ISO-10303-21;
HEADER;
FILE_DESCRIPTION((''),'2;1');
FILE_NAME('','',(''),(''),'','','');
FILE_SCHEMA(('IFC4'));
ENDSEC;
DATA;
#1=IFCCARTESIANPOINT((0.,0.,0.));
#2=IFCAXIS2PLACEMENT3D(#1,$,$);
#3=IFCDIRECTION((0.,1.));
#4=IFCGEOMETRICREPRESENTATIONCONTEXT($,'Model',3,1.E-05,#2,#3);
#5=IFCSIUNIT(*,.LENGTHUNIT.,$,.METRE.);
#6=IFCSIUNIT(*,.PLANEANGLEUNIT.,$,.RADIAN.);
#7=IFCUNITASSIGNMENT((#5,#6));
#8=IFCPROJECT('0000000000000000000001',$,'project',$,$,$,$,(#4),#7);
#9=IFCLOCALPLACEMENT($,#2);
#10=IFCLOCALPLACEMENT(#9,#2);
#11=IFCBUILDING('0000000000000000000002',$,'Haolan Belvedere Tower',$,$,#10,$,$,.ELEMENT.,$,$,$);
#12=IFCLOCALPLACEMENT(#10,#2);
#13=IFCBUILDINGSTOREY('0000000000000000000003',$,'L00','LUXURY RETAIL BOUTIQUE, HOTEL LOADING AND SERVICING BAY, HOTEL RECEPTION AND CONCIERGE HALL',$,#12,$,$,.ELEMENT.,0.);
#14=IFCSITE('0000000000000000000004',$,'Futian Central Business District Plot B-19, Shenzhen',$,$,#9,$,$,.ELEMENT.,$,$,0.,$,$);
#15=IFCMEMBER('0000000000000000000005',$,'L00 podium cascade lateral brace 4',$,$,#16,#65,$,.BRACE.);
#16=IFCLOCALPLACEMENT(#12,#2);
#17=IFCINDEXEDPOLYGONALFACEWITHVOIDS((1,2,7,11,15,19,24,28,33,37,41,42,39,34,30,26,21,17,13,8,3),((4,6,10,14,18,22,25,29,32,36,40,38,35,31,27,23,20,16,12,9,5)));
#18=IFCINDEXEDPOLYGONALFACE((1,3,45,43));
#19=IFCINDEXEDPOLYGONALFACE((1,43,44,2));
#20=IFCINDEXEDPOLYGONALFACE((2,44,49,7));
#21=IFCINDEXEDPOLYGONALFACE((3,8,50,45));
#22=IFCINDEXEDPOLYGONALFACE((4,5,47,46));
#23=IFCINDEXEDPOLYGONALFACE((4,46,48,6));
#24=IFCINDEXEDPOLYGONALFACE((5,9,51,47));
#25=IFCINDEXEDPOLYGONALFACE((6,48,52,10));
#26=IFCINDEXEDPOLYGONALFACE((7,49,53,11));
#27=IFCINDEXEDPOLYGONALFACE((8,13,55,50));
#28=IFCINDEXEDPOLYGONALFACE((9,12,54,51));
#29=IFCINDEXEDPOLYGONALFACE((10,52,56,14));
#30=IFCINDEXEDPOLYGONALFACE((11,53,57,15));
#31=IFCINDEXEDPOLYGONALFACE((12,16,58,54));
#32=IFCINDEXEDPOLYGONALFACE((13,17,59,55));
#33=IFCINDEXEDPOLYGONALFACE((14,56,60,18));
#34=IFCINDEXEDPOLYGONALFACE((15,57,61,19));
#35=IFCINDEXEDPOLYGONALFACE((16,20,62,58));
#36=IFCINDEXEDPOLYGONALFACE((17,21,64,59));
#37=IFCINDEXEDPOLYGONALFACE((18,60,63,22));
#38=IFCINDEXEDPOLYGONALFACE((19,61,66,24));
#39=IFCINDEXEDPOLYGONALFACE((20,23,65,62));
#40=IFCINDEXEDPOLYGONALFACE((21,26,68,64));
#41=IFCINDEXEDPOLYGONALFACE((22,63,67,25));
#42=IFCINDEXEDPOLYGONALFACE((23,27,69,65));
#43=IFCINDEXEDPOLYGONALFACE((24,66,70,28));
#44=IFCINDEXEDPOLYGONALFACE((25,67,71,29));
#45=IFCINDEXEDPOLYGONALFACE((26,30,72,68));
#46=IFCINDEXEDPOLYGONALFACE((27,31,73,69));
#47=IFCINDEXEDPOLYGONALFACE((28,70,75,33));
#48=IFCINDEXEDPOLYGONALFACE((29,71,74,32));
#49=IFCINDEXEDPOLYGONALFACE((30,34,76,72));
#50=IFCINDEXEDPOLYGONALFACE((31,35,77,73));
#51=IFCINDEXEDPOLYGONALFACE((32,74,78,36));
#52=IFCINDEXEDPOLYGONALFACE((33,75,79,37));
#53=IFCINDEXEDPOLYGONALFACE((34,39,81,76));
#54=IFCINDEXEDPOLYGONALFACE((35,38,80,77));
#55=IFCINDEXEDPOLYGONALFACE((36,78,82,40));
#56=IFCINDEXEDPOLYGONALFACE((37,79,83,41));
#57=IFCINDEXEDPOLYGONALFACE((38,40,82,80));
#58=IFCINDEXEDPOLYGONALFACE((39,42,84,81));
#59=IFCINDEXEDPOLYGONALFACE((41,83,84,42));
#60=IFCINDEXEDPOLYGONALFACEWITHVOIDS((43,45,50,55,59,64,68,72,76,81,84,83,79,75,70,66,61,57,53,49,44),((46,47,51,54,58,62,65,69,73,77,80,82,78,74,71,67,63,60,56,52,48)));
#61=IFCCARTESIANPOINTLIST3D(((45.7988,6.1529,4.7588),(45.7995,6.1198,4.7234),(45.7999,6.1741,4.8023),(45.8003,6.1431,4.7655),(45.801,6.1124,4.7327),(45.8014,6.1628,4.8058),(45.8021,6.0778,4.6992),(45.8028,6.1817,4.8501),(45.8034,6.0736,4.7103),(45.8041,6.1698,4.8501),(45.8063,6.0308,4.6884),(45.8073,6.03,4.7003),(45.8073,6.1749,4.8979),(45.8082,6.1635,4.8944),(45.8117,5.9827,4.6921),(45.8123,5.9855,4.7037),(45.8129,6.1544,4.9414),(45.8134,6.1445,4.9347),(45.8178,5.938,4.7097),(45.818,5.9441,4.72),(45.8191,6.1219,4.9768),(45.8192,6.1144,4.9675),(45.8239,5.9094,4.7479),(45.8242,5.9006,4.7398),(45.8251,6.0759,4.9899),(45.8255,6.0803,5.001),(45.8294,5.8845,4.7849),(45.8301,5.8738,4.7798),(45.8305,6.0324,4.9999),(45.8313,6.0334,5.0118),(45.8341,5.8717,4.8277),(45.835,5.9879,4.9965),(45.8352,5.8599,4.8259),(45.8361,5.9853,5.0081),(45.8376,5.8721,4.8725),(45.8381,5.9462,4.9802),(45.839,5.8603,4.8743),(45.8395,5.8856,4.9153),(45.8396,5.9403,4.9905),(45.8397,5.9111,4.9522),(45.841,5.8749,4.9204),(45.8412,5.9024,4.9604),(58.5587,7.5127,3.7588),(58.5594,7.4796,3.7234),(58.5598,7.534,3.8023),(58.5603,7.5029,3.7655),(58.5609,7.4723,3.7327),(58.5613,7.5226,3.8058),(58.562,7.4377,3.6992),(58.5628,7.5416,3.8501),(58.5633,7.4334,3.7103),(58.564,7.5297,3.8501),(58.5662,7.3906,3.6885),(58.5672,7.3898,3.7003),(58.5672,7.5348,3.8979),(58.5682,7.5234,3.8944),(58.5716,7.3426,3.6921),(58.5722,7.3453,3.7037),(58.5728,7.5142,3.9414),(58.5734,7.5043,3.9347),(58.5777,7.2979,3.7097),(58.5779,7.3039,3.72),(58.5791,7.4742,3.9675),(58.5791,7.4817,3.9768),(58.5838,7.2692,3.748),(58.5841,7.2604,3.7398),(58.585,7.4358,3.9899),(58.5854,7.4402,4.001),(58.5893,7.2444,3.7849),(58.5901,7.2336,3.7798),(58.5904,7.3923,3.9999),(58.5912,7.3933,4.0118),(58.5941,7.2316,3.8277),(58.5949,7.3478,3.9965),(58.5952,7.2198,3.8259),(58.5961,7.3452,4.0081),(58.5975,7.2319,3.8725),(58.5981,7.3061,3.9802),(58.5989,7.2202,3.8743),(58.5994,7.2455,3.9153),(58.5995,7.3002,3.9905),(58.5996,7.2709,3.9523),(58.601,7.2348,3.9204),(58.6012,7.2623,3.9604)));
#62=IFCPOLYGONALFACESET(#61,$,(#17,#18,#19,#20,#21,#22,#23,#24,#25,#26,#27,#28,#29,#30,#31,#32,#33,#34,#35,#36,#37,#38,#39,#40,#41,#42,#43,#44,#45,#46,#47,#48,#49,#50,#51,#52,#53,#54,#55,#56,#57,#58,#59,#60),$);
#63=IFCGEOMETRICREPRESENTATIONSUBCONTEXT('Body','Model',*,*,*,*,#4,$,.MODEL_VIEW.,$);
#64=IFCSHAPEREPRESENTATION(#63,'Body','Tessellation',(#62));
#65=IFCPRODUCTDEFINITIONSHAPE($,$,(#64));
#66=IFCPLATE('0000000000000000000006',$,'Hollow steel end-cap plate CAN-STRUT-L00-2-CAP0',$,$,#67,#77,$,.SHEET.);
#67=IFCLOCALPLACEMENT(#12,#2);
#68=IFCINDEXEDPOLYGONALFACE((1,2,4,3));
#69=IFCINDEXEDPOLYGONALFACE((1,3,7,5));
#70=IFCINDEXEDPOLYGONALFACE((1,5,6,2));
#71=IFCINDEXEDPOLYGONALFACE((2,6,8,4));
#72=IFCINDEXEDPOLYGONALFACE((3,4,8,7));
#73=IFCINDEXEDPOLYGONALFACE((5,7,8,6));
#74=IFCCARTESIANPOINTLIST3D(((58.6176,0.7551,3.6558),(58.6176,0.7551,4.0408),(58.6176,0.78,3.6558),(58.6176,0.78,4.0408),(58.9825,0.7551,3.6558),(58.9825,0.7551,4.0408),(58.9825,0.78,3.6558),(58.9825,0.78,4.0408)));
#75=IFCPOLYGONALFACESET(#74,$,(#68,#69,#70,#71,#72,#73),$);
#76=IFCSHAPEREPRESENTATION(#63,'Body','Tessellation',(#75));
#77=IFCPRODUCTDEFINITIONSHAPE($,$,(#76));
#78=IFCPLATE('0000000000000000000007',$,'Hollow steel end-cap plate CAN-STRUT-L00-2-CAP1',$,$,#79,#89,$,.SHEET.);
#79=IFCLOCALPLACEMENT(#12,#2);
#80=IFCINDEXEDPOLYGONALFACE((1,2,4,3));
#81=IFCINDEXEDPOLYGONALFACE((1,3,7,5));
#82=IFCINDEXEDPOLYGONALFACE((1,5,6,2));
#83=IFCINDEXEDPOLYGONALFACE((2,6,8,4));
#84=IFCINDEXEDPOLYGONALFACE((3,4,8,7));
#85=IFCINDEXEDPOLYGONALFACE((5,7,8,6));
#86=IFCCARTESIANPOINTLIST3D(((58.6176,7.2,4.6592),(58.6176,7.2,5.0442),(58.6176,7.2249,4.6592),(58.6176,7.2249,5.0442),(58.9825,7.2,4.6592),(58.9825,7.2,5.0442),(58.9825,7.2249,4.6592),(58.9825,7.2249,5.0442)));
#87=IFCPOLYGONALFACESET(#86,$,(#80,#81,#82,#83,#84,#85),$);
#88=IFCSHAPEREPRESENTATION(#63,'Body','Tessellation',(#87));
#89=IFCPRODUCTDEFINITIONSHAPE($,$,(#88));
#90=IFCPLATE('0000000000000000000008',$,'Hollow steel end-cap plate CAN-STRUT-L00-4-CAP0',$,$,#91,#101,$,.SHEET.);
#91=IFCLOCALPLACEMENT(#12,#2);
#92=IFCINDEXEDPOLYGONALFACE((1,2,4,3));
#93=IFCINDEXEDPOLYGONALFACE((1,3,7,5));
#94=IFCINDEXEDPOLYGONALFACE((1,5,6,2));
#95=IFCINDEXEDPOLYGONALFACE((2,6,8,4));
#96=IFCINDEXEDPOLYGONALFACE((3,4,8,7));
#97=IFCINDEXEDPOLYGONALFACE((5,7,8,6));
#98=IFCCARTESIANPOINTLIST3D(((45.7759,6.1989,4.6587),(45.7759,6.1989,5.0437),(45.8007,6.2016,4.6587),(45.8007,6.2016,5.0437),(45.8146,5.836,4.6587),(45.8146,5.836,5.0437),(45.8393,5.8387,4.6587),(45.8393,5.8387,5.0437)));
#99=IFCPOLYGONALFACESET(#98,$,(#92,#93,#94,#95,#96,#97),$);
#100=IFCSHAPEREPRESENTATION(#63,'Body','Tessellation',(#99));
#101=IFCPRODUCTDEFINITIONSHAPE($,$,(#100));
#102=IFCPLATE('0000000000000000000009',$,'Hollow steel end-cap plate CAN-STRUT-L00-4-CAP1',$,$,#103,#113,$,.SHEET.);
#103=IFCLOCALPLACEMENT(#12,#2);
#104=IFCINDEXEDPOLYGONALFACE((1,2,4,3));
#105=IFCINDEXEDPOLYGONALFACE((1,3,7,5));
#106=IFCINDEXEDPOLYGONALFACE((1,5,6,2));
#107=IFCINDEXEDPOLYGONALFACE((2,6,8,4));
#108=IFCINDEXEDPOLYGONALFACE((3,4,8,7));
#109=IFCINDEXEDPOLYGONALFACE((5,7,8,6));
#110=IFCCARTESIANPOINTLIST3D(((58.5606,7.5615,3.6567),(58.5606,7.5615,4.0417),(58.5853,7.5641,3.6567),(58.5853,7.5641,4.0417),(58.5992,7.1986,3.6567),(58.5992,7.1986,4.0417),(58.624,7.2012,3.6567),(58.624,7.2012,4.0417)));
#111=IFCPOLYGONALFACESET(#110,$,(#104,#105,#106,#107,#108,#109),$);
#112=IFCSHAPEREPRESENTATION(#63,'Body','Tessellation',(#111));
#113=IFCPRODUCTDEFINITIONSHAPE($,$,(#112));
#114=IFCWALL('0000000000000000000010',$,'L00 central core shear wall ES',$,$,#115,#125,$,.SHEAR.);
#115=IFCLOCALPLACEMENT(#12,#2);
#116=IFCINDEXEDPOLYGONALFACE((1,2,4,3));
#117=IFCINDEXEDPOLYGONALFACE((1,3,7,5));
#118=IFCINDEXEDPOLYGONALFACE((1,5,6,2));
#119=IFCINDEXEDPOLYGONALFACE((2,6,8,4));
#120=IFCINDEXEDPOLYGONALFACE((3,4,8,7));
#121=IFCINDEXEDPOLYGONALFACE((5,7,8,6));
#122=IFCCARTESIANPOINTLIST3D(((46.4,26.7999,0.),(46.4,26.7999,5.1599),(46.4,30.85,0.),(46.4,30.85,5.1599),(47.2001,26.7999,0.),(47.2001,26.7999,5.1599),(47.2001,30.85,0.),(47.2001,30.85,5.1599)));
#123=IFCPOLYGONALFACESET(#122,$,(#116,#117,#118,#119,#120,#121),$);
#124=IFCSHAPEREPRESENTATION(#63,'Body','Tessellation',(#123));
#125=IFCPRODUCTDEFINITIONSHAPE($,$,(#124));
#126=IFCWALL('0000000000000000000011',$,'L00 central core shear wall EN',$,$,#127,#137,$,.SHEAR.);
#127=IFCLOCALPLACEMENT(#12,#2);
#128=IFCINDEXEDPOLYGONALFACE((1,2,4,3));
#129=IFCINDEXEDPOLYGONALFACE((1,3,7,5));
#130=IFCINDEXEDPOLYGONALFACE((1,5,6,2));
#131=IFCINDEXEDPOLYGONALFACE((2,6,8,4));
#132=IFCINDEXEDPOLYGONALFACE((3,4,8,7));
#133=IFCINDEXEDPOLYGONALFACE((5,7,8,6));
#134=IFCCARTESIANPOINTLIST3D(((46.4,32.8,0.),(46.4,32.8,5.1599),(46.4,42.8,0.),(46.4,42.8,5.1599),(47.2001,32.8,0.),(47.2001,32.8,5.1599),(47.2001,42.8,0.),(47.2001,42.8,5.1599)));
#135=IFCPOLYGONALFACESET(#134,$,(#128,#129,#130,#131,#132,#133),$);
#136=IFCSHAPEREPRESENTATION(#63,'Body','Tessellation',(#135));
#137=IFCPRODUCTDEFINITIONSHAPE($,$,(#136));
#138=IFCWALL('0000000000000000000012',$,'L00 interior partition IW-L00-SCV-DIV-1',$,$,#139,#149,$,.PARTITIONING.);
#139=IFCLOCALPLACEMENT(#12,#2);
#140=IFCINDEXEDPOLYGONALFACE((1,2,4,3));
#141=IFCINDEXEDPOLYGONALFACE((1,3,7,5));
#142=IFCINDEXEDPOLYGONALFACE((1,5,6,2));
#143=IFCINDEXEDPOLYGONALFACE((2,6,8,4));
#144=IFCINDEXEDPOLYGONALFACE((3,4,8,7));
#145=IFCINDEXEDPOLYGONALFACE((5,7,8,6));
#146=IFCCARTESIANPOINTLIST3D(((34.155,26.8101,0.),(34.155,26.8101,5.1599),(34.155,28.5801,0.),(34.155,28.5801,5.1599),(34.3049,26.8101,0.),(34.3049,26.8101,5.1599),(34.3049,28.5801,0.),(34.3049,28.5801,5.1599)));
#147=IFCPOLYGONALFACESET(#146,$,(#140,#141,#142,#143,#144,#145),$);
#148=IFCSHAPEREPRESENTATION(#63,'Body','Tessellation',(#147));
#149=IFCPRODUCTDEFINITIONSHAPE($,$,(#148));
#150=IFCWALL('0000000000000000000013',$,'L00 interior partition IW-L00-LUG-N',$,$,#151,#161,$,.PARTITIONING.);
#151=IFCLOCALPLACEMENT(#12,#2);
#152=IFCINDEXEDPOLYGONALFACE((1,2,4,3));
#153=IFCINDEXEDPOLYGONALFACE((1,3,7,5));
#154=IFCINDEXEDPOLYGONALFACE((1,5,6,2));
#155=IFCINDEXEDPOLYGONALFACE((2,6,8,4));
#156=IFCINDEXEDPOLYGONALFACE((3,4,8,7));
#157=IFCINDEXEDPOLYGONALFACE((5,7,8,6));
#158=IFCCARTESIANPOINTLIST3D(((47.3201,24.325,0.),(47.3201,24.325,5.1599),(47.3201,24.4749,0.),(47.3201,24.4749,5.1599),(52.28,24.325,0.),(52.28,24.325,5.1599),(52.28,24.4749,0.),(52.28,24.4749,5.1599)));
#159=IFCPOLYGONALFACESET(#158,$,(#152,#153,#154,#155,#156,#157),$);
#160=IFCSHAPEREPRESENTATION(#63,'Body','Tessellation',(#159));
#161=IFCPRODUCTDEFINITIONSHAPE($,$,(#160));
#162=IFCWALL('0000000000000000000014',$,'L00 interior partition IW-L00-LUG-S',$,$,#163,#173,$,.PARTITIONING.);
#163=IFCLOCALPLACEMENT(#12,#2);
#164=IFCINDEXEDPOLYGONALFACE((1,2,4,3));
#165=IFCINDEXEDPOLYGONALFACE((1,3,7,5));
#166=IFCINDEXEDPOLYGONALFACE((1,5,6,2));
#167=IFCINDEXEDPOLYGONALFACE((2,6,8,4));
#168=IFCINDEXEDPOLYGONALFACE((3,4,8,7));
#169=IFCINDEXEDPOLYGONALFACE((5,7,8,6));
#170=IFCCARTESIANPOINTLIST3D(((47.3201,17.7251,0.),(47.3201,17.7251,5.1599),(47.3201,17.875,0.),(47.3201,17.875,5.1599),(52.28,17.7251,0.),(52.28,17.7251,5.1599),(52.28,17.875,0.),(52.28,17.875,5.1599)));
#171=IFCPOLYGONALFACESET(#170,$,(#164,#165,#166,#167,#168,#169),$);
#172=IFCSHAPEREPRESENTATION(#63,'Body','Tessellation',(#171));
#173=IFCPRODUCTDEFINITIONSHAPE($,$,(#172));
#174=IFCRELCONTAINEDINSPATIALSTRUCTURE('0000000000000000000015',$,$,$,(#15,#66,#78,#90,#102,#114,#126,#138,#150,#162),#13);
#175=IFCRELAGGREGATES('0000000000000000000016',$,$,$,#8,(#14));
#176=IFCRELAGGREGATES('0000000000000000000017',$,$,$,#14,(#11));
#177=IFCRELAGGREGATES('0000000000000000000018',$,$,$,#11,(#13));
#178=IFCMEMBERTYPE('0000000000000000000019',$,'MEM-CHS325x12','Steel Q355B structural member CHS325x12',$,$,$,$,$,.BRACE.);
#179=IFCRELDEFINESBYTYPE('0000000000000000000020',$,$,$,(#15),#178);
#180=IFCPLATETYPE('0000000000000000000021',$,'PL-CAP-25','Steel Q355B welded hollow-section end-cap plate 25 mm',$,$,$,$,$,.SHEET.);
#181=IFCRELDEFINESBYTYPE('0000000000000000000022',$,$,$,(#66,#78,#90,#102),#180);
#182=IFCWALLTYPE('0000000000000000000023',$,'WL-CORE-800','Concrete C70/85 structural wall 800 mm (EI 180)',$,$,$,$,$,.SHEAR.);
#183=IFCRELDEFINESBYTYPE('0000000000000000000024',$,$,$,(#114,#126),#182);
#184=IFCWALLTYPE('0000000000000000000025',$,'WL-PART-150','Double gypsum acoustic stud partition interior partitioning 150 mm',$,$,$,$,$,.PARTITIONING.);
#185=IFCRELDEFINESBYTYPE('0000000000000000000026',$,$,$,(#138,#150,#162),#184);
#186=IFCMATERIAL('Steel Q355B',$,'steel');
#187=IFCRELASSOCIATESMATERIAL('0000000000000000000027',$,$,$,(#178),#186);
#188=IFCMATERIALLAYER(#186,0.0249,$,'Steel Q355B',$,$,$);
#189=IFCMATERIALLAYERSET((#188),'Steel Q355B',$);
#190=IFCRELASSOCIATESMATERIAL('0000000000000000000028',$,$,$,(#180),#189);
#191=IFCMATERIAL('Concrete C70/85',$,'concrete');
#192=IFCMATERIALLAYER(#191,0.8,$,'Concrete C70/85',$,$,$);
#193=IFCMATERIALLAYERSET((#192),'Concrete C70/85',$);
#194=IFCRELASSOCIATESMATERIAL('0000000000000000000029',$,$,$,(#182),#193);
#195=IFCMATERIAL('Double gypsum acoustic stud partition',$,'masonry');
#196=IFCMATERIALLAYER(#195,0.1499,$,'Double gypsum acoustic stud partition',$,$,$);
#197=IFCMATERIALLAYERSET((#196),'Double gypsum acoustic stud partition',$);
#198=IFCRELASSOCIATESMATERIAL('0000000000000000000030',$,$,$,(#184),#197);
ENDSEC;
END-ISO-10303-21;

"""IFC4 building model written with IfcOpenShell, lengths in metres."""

from ifc_helpers import new_model, si_unit, direction, frame, frame_2d, origin, origin_2d, place, context, subcontext, project, spatial, rectangle, hollow_circle, extrude, material, layer, layer_set, material_profile, profile_set, type_object, element, save


model = new_model("IFC4")

# Units and contexts
model_context = context("Model", 3, precision=1e-05, world=origin(), true_north=direction((0.0, 1.0)))
body_context = subcontext(model_context, "Body", "Model", "MODEL_VIEW")
ifc_project = project(units=[si_unit("LENGTHUNIT", "METRE"), si_unit("PLANEANGLEUNIT", "RADIAN")], contexts=[model_context])

# Site, building, storey
site_placement = place(None, origin())
site = spatial("IfcSite", under=ifc_project, at=site_placement, Name="Futian Central Business District Plot B-19, Shenzhen", CompositionType="ELEMENT", RefElevation=0.0)
building_placement = place(site_placement, origin())
building = spatial("IfcBuilding", under=site, at=building_placement, Name="Haolan Belvedere Tower", CompositionType="ELEMENT")
storey_placement = place(building_placement, origin())
storey = spatial("IfcBuildingStorey", under=building, at=storey_placement, Name="L00", Description="LUXURY RETAIL BOUTIQUE, HOTEL LOADING AND SERVICING BAY, HOTEL RECEPTION AND CONCIERGE HALL", CompositionType="ELEMENT", Elevation=0.0)

# Shared definitions
ifc_material_1 = material(Name="Steel Q355B", Category="steel")

# Member
ifc_material_profile_1 = material_profile(ifc_material_1, hollow_circle(Radius=0.1626, WallThickness=0.012, at=origin_2d()), Name="Steel Q355B")
ifc_profile_set_1 = profile_set([ifc_material_profile_1], Name="Steel Q355B")
member_type = type_object("IfcMemberType", Name="MEM-CHS325x12", Description="Steel Q355B structural member CHS325x12", PredefinedType="BRACE", material=ifc_profile_set_1)
member_1_placement = place(storey_placement, frame((45.8201, 6.02, 4.8501), z_axis=(0.991363, 0.105652, -0.077693), x_axis=(-0.105972, 0.994369, 0.0)))
element("IfcMember", 1, at=member_1_placement, inside=storey, type_object=member_type, Name="L00 podium cascade lateral brace 4", PredefinedType="BRACE", context=body_context, shape_type="SweptSolid", body=[
    extrude(hollow_circle(Radius=0.1626, WallThickness=0.012, at=origin_2d()), origin(), (0.0, 0.0, 1.0), 12.8711),
])

# Plates
ifc_layer_1 = layer(ifc_material_1, 0.0249, Name="Steel Q355B")
ifc_layer_set_1 = layer_set([ifc_layer_1], Name="Steel Q355B")
plate_type = type_object("IfcPlateType", Name="PL-CAP-25", Description="Steel Q355B welded hollow-section end-cap plate 25 mm", PredefinedType="SHEET", material=ifc_layer_set_1)
for number, where, z_axis, x_axis, name in (
    (2, (58.8, 0.7676, 3.6558), (0.0, 0.0, 1.0), (1.0, 0.0, 0.0), "Hollow steel end-cap plate CAN-STRUT-L00-2-CAP0"),
    (3, (58.8, 7.2124, 4.6592), (0.0, 0.0, 1.0), (-1.0, 0.0, 0.0), "Hollow steel end-cap plate CAN-STRUT-L00-2-CAP1"),
    (4, (45.8076, 6.0188, 4.6587), (0.0, 0.0, 1.0), (0.105986, -0.994368, 0.0), "Hollow steel end-cap plate CAN-STRUT-L00-4-CAP0"),
    (5, (58.5923, 7.3813, 3.6567), (0.0, 0.0, 1.0), (-0.105986, 0.994368, 0.0), "Hollow steel end-cap plate CAN-STRUT-L00-4-CAP1"),
):
    element("IfcPlate", number, at=place(storey_placement, frame(where, z_axis=z_axis, x_axis=x_axis)), inside=storey, type_object=plate_type, Name=name, PredefinedType="SHEET", context=body_context, shape_type="SweptSolid", body=[
        extrude(rectangle(XDim=0.365, YDim=0.0249, at=origin_2d()), origin(), (0.0, 0.0, 1.0), 0.385),
    ])

# Walls
ifc_material_2 = material(Name="Concrete C70/85", Category="concrete")
ifc_layer_2 = layer(ifc_material_2, 0.8, Name="Concrete C70/85")
ifc_layer_set_2 = layer_set([ifc_layer_2], Name="Concrete C70/85")
wall_type_1 = type_object("IfcWallType", Name="WL-CORE-800", Description="Concrete C70/85 structural wall 800 mm (EI 180)", PredefinedType="SHEAR", material=ifc_layer_set_2)
wall_1_placement = place(storey_placement, frame((46.8, 26.8, 0.0), z_axis=(0.0, 0.0, 1.0), x_axis=(0.0, 1.0, 0.0)))
element("IfcWall", 6, at=wall_1_placement, inside=storey, type_object=wall_type_1, Name="L00 central core shear wall ES", PredefinedType="SHEAR", context=body_context, shape_type="SweptSolid", body=[
    extrude(rectangle(XDim=4.05, YDim=0.8, at=frame_2d((2.0249, 0.0))), origin(), (0.0, 0.0, 1.0), 5.1599),
])
wall_2_placement = place(storey_placement, frame((46.8, 32.8, 0.0), z_axis=(0.0, 0.0, 1.0), x_axis=(0.0, 1.0, 0.0)))
element("IfcWall", 7, at=wall_2_placement, inside=storey, type_object=wall_type_1, Name="L00 central core shear wall EN", PredefinedType="SHEAR", context=body_context, shape_type="SweptSolid", body=[
    extrude(rectangle(XDim=10.0, YDim=0.8, at=frame_2d((5.0, 0.0))), origin(), (0.0, 0.0, 1.0), 5.1599),
])
ifc_material_3 = material(Name="Double gypsum acoustic stud partition", Category="masonry")
ifc_layer_3 = layer(ifc_material_3, 0.1499, Name="Double gypsum acoustic stud partition")
ifc_layer_set_3 = layer_set([ifc_layer_3], Name="Double gypsum acoustic stud partition")
wall_type_2 = type_object("IfcWallType", Name="WL-PART-150", Description="Double gypsum acoustic stud partition interior partitioning 150 mm", PredefinedType="PARTITIONING", material=ifc_layer_set_3)
wall_3_placement = place(storey_placement, frame((34.23, 26.8101, 0.0), z_axis=(0.0, 0.0, 1.0), x_axis=(0.0, 1.0, 0.0)))
element("IfcWall", 8, at=wall_3_placement, inside=storey, type_object=wall_type_2, Name="L00 interior partition IW-L00-SCV-DIV-1", PredefinedType="PARTITIONING", context=body_context, shape_type="SweptSolid", body=[
    extrude(rectangle(XDim=1.77, YDim=0.1499, at=frame_2d((0.885, 0.0))), origin(), (0.0, 0.0, 1.0), 5.1599),
])
for number, where, z_axis, x_axis, name in (
    (9, (47.3201, 24.3999, 0.0), (0.0, 0.0, 1.0), (1.0, 0.0, 0.0), "L00 interior partition IW-L00-LUG-N"),
    (10, (47.3201, 17.8, 0.0), (0.0, 0.0, 1.0), (1.0, 0.0, 0.0), "L00 interior partition IW-L00-LUG-S"),
):
    element("IfcWall", number, at=place(storey_placement, frame(where, z_axis=z_axis, x_axis=x_axis)), inside=storey, type_object=wall_type_2, Name=name, PredefinedType="PARTITIONING", context=body_context, shape_type="SweptSolid", body=[
        extrude(rectangle(XDim=4.96, YDim=0.1499, at=frame_2d((2.48, 0.0))), origin(), (0.0, 0.0, 1.0), 5.1599),
    ])

save(model, "model.ifc")
